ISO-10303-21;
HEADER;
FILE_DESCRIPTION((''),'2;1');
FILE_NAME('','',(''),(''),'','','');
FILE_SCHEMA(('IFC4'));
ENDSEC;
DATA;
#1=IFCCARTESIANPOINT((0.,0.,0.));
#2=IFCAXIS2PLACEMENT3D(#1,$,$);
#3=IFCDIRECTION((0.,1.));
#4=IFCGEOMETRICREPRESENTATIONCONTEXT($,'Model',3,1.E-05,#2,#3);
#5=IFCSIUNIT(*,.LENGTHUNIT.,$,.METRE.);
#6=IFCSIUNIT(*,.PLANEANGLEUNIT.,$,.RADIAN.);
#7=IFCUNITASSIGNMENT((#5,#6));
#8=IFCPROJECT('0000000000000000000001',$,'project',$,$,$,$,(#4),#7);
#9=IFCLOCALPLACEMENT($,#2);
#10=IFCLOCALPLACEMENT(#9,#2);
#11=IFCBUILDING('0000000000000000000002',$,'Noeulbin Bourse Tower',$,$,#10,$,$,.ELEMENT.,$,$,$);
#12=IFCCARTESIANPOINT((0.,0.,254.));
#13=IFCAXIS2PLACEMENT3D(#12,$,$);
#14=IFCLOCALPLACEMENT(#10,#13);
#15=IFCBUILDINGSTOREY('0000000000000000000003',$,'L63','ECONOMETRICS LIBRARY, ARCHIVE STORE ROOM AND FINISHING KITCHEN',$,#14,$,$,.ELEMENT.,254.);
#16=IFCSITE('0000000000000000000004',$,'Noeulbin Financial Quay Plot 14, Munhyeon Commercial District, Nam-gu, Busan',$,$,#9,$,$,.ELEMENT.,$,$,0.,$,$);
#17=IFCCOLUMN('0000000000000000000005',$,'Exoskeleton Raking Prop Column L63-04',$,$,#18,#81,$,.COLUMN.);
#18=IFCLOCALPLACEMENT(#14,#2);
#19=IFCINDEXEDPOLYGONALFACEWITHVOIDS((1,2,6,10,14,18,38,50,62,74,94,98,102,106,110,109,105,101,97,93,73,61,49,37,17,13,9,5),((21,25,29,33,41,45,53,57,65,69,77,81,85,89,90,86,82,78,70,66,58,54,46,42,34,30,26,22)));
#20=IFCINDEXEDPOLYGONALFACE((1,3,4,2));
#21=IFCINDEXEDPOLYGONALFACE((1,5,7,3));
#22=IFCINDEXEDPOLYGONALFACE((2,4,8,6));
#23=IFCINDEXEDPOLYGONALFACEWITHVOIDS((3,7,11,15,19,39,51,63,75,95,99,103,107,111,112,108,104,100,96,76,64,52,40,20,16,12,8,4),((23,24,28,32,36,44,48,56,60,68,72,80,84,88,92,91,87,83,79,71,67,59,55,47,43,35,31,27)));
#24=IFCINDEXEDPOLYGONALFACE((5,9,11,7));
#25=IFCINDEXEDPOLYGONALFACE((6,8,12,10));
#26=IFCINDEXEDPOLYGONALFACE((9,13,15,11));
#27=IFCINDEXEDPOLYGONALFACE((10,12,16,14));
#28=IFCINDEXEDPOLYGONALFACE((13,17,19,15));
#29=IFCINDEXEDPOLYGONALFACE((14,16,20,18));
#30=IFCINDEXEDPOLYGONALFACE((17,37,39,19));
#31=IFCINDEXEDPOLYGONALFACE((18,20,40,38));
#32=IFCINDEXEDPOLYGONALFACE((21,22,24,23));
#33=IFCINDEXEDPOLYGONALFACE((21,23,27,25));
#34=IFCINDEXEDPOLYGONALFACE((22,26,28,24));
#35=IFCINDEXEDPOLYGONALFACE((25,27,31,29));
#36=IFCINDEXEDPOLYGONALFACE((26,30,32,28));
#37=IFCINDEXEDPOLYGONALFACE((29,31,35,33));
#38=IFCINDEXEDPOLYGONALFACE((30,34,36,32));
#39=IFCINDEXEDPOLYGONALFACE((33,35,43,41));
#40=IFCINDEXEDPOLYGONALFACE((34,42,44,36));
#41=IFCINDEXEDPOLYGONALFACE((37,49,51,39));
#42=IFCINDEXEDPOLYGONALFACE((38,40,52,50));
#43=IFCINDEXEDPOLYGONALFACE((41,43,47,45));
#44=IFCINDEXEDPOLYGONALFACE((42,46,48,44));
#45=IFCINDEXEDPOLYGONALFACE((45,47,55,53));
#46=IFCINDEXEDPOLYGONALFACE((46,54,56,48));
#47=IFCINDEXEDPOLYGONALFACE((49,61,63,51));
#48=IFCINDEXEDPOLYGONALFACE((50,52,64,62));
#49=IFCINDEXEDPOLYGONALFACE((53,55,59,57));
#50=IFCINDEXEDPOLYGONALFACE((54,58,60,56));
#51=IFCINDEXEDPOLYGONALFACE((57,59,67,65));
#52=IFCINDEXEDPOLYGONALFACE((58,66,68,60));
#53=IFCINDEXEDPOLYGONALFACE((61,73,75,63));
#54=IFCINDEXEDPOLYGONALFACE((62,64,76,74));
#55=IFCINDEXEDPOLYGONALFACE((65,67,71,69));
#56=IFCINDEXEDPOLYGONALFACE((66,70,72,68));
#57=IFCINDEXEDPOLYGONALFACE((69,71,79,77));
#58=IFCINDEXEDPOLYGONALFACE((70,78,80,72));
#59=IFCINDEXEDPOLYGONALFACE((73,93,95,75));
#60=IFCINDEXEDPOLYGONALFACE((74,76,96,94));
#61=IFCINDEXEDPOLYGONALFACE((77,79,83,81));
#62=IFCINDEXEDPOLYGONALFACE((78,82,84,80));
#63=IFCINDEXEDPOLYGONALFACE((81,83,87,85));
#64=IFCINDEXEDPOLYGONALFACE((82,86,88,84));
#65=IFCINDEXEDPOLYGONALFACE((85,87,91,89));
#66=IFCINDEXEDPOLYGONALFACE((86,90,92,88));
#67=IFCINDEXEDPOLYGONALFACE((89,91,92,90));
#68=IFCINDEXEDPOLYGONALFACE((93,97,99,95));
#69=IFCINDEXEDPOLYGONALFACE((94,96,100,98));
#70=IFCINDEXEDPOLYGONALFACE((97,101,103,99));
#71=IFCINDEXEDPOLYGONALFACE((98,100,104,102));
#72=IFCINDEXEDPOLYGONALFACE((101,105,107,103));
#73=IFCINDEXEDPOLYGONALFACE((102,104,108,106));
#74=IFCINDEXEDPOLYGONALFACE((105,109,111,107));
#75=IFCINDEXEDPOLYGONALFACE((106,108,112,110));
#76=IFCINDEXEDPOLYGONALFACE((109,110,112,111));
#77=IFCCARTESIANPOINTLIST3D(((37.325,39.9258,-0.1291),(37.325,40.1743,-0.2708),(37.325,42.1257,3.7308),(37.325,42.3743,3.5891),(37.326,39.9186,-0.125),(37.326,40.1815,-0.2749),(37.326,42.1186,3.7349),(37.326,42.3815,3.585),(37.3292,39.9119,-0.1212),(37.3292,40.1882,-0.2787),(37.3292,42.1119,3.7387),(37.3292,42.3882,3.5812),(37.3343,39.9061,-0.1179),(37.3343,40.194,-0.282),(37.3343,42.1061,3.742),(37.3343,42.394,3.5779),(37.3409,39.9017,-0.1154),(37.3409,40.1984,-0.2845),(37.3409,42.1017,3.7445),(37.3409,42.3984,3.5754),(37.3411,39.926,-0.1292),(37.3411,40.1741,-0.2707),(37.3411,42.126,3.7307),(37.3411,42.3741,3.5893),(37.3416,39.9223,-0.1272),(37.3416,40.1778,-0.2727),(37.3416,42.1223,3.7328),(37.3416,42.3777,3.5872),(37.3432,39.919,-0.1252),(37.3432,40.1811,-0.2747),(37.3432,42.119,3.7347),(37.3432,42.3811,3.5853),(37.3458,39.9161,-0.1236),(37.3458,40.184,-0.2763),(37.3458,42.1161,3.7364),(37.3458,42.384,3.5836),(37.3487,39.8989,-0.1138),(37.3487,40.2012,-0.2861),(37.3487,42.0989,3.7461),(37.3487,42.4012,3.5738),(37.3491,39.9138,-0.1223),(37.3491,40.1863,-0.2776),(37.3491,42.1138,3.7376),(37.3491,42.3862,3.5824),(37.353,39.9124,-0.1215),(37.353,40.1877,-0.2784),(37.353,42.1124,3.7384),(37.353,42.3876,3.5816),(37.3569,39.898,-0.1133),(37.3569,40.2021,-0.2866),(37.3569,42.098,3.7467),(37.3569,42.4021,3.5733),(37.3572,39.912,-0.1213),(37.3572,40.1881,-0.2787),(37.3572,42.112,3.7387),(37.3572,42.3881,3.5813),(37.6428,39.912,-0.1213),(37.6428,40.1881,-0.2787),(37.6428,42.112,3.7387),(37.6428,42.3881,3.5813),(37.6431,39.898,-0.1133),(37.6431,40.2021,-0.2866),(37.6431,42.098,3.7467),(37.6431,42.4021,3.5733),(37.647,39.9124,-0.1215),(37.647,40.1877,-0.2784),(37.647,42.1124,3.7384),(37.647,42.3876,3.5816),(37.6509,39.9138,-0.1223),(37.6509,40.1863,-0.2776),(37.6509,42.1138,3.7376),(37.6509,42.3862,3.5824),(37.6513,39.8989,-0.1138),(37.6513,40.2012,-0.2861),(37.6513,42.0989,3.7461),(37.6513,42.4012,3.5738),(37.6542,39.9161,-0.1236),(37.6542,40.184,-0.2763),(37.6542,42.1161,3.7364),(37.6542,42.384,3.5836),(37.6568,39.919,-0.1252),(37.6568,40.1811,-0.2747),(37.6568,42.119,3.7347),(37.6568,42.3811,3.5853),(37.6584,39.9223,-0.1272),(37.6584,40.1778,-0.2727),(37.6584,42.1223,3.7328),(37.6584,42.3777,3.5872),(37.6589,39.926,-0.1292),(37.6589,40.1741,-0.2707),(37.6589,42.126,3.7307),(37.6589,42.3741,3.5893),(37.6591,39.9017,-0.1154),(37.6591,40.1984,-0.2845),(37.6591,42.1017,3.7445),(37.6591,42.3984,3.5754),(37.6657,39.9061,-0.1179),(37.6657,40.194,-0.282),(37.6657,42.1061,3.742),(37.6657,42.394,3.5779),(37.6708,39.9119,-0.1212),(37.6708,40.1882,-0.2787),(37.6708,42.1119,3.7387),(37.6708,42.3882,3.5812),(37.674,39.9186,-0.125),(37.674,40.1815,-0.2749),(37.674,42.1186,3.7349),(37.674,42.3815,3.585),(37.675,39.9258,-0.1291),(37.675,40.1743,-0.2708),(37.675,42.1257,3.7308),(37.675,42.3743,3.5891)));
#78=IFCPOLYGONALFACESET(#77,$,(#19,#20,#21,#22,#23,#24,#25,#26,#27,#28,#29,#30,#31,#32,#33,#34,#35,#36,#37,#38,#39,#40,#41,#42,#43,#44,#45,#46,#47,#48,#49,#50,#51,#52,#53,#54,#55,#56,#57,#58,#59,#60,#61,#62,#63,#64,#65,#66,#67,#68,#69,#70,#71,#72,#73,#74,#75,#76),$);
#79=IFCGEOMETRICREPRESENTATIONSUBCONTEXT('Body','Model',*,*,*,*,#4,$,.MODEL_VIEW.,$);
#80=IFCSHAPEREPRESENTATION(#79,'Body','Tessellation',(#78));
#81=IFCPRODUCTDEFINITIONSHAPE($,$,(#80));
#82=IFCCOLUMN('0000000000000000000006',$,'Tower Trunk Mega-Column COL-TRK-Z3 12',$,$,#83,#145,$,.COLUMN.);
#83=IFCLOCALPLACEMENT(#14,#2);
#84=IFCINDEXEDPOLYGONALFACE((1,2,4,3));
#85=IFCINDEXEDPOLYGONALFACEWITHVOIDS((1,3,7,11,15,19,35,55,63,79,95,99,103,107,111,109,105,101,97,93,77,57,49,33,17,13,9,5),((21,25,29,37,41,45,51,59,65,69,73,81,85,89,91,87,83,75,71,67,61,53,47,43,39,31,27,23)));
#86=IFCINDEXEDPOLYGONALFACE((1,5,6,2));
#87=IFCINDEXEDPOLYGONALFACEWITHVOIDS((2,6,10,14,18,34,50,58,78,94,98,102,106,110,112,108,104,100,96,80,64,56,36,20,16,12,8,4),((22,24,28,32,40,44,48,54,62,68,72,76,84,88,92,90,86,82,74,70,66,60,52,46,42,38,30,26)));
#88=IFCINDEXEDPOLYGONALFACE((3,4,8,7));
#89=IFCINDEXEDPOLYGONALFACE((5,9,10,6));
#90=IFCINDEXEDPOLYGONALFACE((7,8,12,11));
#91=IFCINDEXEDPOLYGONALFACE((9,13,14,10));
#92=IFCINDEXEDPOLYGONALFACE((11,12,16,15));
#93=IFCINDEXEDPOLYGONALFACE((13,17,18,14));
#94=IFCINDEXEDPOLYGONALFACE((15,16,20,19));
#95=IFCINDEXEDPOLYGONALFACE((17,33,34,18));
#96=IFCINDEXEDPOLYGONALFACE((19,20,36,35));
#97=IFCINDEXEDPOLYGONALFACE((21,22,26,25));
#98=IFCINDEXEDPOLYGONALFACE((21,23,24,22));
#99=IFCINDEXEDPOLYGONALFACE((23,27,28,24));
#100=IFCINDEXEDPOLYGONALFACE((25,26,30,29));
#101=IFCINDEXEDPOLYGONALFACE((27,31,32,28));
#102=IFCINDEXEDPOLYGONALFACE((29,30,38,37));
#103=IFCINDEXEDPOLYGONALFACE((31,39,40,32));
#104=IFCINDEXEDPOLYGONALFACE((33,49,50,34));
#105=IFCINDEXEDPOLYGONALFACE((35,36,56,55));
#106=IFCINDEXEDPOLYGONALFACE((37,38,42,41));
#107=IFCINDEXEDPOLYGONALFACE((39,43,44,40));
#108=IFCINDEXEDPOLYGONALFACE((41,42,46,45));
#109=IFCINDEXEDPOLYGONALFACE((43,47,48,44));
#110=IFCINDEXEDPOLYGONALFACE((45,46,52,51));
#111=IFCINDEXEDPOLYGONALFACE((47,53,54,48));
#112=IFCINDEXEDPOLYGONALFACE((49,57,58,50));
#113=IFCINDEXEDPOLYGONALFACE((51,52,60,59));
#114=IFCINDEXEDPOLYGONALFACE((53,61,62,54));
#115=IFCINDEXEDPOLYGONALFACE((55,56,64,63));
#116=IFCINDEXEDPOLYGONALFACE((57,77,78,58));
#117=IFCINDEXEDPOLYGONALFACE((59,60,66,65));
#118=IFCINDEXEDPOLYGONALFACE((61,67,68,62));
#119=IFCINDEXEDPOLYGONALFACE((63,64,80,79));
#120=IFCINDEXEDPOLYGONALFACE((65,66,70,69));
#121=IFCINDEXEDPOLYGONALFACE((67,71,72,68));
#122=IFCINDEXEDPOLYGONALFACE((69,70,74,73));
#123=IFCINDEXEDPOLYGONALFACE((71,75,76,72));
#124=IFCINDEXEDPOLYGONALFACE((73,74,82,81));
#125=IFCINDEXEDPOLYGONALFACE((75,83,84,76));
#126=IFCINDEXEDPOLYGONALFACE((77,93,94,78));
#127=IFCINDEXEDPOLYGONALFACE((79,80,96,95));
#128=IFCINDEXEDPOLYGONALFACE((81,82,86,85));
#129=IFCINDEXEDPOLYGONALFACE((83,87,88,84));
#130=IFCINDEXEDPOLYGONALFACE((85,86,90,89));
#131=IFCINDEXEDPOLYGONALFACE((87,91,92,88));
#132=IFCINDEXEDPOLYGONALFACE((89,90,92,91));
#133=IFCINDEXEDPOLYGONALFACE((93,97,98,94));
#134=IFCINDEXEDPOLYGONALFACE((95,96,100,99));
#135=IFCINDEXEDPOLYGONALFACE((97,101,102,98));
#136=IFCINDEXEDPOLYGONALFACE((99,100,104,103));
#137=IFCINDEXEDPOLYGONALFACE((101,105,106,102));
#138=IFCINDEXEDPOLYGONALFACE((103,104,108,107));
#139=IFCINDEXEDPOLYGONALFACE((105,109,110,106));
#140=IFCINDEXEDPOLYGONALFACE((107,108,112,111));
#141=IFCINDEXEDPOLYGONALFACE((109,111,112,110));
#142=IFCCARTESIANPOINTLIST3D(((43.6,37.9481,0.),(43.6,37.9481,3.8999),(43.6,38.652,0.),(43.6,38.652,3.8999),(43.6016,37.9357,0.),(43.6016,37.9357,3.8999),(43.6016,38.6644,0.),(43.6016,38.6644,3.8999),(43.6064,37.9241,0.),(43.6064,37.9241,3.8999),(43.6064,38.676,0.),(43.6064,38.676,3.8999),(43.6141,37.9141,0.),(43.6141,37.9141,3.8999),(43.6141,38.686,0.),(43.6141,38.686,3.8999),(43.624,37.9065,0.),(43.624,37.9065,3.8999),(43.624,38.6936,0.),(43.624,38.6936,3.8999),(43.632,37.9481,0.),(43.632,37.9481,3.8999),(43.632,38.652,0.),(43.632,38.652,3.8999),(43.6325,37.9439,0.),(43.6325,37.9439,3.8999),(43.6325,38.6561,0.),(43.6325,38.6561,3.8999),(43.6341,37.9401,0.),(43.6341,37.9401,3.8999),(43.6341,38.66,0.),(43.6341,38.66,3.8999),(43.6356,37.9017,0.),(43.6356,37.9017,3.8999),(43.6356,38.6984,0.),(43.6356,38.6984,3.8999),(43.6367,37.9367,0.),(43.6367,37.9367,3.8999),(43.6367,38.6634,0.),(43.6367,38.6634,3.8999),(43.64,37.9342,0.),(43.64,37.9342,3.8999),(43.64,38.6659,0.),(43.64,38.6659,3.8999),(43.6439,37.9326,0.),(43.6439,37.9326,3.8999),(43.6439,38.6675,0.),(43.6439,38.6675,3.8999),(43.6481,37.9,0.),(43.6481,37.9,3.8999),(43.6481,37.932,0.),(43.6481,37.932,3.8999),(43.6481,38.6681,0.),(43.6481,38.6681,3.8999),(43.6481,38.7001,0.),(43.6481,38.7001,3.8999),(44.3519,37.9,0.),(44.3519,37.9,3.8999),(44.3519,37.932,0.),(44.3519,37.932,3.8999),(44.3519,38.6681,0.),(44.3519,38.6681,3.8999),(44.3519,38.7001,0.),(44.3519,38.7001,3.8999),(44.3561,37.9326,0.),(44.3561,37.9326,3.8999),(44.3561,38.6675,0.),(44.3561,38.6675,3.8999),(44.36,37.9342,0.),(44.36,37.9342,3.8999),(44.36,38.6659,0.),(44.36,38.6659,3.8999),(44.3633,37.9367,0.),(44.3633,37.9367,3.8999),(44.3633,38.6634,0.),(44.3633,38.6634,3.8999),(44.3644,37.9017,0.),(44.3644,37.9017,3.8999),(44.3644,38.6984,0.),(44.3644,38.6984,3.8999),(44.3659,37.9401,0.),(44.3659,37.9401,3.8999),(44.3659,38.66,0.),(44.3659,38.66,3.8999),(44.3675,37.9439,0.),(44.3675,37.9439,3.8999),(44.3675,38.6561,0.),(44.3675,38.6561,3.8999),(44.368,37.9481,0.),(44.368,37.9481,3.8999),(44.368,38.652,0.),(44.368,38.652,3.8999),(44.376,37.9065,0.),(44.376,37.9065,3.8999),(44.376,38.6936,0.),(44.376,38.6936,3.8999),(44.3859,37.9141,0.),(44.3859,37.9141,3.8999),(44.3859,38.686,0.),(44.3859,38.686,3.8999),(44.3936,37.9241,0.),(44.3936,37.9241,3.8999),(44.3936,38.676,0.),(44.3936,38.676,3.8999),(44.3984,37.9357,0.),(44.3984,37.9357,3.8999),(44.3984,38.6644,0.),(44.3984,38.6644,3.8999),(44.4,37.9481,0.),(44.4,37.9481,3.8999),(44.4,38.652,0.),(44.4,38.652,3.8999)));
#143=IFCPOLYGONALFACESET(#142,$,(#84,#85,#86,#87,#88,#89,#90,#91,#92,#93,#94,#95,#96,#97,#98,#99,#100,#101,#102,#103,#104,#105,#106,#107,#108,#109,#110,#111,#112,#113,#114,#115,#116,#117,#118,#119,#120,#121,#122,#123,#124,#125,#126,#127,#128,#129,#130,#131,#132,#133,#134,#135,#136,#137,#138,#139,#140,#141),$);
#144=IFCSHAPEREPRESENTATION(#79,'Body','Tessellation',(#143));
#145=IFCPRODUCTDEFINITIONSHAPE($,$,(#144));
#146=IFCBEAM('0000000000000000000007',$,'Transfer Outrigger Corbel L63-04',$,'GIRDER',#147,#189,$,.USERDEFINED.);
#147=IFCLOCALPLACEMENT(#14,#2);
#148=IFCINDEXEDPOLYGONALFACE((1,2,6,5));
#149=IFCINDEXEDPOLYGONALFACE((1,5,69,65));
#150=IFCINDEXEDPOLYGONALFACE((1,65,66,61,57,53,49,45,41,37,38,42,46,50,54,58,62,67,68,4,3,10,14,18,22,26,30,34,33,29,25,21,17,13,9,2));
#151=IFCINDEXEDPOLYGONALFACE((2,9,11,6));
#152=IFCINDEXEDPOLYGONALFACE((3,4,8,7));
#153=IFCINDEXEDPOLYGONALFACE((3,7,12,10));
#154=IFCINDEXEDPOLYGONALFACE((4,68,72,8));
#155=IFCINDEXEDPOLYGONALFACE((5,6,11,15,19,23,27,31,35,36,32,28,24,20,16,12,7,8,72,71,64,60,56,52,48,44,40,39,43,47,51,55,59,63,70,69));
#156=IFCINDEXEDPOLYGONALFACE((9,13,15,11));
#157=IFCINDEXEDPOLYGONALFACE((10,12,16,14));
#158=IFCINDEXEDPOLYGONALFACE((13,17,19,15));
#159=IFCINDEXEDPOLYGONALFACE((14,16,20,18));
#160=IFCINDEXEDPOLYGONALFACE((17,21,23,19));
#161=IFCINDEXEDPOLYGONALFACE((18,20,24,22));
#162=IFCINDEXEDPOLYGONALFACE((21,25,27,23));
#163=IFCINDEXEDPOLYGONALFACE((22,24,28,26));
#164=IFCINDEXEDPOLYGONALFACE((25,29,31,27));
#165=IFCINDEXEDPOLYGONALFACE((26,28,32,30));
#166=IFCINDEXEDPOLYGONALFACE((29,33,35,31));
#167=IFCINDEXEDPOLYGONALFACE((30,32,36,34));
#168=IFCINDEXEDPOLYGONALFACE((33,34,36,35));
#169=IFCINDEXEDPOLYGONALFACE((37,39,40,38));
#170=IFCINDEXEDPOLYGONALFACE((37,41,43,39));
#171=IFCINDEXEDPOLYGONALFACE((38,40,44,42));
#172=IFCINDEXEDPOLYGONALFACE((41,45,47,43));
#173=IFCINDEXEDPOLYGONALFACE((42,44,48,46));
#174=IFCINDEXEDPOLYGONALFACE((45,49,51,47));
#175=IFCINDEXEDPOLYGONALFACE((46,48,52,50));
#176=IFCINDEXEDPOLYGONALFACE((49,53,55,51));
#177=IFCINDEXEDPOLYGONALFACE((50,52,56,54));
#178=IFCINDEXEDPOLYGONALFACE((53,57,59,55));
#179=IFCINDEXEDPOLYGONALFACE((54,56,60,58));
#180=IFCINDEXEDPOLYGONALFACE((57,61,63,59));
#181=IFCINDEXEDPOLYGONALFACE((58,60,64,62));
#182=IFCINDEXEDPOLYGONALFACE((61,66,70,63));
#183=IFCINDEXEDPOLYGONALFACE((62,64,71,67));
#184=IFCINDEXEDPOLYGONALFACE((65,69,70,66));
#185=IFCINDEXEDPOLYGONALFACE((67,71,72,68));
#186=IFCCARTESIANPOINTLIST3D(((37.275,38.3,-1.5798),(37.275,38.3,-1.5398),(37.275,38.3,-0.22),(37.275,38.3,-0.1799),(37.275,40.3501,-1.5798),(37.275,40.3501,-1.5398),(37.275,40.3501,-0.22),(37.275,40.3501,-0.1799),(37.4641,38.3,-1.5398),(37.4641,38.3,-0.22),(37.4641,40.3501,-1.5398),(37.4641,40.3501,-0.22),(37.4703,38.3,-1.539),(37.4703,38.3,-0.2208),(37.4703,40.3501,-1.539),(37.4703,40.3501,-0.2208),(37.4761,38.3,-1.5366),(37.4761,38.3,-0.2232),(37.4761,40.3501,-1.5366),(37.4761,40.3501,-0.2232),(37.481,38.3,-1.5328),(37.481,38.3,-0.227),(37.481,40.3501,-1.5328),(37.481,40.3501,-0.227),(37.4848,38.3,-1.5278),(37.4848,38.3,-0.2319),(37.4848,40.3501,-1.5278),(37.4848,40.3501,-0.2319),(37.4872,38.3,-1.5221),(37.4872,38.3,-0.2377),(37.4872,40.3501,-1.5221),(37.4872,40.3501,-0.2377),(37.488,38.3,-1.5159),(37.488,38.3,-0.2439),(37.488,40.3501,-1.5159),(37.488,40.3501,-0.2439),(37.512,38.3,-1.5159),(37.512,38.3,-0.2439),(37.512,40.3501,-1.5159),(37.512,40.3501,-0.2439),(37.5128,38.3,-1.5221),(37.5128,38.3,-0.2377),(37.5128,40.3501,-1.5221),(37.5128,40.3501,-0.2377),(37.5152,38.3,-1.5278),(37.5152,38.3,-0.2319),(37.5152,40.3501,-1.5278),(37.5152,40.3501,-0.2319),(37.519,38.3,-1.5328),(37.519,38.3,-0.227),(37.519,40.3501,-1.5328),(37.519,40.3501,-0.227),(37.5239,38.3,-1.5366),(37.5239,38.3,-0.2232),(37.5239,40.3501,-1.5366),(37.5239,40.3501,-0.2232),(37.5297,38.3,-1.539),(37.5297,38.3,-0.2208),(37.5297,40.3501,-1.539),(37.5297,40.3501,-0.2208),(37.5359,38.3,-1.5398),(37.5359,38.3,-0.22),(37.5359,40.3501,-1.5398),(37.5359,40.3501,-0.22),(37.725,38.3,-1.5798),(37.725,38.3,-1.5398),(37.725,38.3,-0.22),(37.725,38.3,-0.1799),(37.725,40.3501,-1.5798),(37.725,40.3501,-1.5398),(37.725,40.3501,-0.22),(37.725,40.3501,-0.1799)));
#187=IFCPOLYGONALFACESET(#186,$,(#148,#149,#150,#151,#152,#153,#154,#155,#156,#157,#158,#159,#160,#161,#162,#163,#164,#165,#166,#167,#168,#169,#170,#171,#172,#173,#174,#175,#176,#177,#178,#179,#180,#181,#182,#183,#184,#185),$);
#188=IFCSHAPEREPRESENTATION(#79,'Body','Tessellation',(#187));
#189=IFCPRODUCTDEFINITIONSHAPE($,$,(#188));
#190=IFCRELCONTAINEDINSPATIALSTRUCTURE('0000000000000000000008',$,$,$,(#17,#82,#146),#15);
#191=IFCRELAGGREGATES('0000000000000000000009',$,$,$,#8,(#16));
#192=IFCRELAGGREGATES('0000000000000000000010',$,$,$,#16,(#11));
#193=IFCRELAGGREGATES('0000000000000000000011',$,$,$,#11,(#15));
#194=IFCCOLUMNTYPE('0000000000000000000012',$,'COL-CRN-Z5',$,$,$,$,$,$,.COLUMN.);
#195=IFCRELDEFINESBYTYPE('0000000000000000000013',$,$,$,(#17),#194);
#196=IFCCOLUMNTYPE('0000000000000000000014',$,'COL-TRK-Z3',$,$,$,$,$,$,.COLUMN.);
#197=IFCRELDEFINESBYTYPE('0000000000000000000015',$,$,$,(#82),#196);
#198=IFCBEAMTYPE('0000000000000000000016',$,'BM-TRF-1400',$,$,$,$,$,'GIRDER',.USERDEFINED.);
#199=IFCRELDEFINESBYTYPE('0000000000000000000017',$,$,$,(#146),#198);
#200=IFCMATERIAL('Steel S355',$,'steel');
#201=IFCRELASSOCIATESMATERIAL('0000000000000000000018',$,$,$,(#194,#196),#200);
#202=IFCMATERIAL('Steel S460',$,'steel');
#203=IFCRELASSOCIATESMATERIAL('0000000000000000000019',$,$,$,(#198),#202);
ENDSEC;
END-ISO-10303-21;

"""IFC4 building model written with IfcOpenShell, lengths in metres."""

from ifc_helpers import new_model, si_unit, direction, frame, origin, origin_2d, place, context, subcontext, project, spatial, hollow_rectangle, i_section, extrude, material, material_profile, profile_set, type_object, element, save


model = new_model("IFC4")

# Units and contexts
model_context = context("Model", 3, precision=1e-05, world=origin(), true_north=direction((0.0, 1.0)))
body_context = subcontext(model_context, "Body", "Model", "MODEL_VIEW")
ifc_project = project(units=[si_unit("LENGTHUNIT", "METRE"), si_unit("PLANEANGLEUNIT", "RADIAN")], contexts=[model_context])

# Site, building, storey
site_placement = place(None, origin())
site = spatial("IfcSite", under=ifc_project, at=site_placement, Name="Noeulbin Financial Quay Plot 14, Munhyeon Commercial District, Nam-gu, Busan", CompositionType="ELEMENT", RefElevation=0.0)
building_placement = place(site_placement, origin())
building = spatial("IfcBuilding", under=site, at=building_placement, Name="Noeulbin Bourse Tower", CompositionType="ELEMENT")
storey_placement = place(building_placement, frame((0.0, 0.0, 254.0)))
storey = spatial("IfcBuildingStorey", under=building, at=storey_placement, Name="L63", Description="ECONOMETRICS LIBRARY, ARCHIVE STORE ROOM AND FINISHING KITCHEN", CompositionType="ELEMENT", Elevation=254.0)

# Columns
ifc_material_1 = material(Name="Steel S355", Category="steel")
ifc_material_profile_1 = material_profile(ifc_material_1, hollow_rectangle(XDim=0.3501, YDim=0.3501, WallThickness=0.0161, InnerFilletRadius=0.0161, OuterFilletRadius=0.032, at=origin_2d()), Name="SHS-350x350x16", Category="LoadBearing")
ifc_profile_set_1 = profile_set([ifc_material_profile_1], Name="Steel S355")
column_type_1 = type_object("IfcColumnType", Name="COL-CRN-Z5", PredefinedType="COLUMN", material=ifc_profile_set_1)
column_1_placement = place(storey_placement, frame((37.5, 40.05, -0.2), z_axis=(0.0, 0.495174, 0.868794), x_axis=(-1.0, 0.0, 0.0)))
element("IfcColumn", 1, at=column_1_placement, inside=storey, type_object=column_type_1, Name="Exoskeleton Raking Prop Column L63-04", PredefinedType="COLUMN", context=body_context, shape_type="SweptSolid", body=[
    extrude(hollow_rectangle(XDim=0.3501, YDim=0.3501, WallThickness=0.0161, InnerFilletRadius=0.0161, OuterFilletRadius=0.032, at=origin_2d()), origin(), (0.0, 0.0, 1.0), 4.4429),
])
ifc_material_profile_2 = material_profile(ifc_material_1, hollow_rectangle(XDim=0.8, YDim=0.8, WallThickness=0.032, InnerFilletRadius=0.0161, OuterFilletRadius=0.0481, at=origin_2d()), Name="BOX-800x800x32", Category="LoadBearing")
ifc_profile_set_2 = profile_set([ifc_material_profile_2], Name="Steel S355")
column_type_2 = type_object("IfcColumnType", Name="COL-TRK-Z3", PredefinedType="COLUMN", material=ifc_profile_set_2)
column_2_placement = place(storey_placement, frame((44.0, 38.3, 0.0), z_axis=(0.0, 0.0, 1.0), x_axis=(1.0, 0.0, 0.0)))
element("IfcColumn", 2, at=column_2_placement, inside=storey, type_object=column_type_2, Name="Tower Trunk Mega-Column COL-TRK-Z3 12", PredefinedType="COLUMN", context=body_context, shape_type="SweptSolid", body=[
    extrude(hollow_rectangle(XDim=0.8, YDim=0.8, WallThickness=0.032, InnerFilletRadius=0.0161, OuterFilletRadius=0.0481, at=origin_2d()), origin(), (0.0, 0.0, 1.0), 3.8999),
])

# Beam
ifc_material_2 = material(Name="Steel S460", Category="steel")
ifc_material_profile_3 = material_profile(ifc_material_2, i_section(OverallWidth=0.45, OverallDepth=1.3999, WebThickness=0.0239, FlangeThickness=0.04, FilletRadius=0.0239, at=origin_2d()), Name="PG-1400x450x24x40", Category="LoadBearing")
ifc_profile_set_3 = profile_set([ifc_material_profile_3], Name="Steel S460")
beam_type = type_object("IfcBeamType", Name="BM-TRF-1400", ElementType="GIRDER", PredefinedType="USERDEFINED", material=ifc_profile_set_3)
beam_placement = place(storey_placement, frame((37.5, 38.3, -0.8799), z_axis=(0.0, 1.0, 0.0), x_axis=(-1.0, 0.0, 0.0)))
element("IfcBeam", 3, at=beam_placement, inside=storey, type_object=beam_type, Name="Transfer Outrigger Corbel L63-04", ObjectType="GIRDER", PredefinedType="USERDEFINED", context=body_context, shape_type="SweptSolid", body=[
    extrude(i_section(OverallWidth=0.45, OverallDepth=1.3999, WebThickness=0.0239, FlangeThickness=0.04, FilletRadius=0.0239, at=origin_2d()), origin(), (0.0, 0.0, 1.0), 2.05),
])

save(model, "model.ifc")
